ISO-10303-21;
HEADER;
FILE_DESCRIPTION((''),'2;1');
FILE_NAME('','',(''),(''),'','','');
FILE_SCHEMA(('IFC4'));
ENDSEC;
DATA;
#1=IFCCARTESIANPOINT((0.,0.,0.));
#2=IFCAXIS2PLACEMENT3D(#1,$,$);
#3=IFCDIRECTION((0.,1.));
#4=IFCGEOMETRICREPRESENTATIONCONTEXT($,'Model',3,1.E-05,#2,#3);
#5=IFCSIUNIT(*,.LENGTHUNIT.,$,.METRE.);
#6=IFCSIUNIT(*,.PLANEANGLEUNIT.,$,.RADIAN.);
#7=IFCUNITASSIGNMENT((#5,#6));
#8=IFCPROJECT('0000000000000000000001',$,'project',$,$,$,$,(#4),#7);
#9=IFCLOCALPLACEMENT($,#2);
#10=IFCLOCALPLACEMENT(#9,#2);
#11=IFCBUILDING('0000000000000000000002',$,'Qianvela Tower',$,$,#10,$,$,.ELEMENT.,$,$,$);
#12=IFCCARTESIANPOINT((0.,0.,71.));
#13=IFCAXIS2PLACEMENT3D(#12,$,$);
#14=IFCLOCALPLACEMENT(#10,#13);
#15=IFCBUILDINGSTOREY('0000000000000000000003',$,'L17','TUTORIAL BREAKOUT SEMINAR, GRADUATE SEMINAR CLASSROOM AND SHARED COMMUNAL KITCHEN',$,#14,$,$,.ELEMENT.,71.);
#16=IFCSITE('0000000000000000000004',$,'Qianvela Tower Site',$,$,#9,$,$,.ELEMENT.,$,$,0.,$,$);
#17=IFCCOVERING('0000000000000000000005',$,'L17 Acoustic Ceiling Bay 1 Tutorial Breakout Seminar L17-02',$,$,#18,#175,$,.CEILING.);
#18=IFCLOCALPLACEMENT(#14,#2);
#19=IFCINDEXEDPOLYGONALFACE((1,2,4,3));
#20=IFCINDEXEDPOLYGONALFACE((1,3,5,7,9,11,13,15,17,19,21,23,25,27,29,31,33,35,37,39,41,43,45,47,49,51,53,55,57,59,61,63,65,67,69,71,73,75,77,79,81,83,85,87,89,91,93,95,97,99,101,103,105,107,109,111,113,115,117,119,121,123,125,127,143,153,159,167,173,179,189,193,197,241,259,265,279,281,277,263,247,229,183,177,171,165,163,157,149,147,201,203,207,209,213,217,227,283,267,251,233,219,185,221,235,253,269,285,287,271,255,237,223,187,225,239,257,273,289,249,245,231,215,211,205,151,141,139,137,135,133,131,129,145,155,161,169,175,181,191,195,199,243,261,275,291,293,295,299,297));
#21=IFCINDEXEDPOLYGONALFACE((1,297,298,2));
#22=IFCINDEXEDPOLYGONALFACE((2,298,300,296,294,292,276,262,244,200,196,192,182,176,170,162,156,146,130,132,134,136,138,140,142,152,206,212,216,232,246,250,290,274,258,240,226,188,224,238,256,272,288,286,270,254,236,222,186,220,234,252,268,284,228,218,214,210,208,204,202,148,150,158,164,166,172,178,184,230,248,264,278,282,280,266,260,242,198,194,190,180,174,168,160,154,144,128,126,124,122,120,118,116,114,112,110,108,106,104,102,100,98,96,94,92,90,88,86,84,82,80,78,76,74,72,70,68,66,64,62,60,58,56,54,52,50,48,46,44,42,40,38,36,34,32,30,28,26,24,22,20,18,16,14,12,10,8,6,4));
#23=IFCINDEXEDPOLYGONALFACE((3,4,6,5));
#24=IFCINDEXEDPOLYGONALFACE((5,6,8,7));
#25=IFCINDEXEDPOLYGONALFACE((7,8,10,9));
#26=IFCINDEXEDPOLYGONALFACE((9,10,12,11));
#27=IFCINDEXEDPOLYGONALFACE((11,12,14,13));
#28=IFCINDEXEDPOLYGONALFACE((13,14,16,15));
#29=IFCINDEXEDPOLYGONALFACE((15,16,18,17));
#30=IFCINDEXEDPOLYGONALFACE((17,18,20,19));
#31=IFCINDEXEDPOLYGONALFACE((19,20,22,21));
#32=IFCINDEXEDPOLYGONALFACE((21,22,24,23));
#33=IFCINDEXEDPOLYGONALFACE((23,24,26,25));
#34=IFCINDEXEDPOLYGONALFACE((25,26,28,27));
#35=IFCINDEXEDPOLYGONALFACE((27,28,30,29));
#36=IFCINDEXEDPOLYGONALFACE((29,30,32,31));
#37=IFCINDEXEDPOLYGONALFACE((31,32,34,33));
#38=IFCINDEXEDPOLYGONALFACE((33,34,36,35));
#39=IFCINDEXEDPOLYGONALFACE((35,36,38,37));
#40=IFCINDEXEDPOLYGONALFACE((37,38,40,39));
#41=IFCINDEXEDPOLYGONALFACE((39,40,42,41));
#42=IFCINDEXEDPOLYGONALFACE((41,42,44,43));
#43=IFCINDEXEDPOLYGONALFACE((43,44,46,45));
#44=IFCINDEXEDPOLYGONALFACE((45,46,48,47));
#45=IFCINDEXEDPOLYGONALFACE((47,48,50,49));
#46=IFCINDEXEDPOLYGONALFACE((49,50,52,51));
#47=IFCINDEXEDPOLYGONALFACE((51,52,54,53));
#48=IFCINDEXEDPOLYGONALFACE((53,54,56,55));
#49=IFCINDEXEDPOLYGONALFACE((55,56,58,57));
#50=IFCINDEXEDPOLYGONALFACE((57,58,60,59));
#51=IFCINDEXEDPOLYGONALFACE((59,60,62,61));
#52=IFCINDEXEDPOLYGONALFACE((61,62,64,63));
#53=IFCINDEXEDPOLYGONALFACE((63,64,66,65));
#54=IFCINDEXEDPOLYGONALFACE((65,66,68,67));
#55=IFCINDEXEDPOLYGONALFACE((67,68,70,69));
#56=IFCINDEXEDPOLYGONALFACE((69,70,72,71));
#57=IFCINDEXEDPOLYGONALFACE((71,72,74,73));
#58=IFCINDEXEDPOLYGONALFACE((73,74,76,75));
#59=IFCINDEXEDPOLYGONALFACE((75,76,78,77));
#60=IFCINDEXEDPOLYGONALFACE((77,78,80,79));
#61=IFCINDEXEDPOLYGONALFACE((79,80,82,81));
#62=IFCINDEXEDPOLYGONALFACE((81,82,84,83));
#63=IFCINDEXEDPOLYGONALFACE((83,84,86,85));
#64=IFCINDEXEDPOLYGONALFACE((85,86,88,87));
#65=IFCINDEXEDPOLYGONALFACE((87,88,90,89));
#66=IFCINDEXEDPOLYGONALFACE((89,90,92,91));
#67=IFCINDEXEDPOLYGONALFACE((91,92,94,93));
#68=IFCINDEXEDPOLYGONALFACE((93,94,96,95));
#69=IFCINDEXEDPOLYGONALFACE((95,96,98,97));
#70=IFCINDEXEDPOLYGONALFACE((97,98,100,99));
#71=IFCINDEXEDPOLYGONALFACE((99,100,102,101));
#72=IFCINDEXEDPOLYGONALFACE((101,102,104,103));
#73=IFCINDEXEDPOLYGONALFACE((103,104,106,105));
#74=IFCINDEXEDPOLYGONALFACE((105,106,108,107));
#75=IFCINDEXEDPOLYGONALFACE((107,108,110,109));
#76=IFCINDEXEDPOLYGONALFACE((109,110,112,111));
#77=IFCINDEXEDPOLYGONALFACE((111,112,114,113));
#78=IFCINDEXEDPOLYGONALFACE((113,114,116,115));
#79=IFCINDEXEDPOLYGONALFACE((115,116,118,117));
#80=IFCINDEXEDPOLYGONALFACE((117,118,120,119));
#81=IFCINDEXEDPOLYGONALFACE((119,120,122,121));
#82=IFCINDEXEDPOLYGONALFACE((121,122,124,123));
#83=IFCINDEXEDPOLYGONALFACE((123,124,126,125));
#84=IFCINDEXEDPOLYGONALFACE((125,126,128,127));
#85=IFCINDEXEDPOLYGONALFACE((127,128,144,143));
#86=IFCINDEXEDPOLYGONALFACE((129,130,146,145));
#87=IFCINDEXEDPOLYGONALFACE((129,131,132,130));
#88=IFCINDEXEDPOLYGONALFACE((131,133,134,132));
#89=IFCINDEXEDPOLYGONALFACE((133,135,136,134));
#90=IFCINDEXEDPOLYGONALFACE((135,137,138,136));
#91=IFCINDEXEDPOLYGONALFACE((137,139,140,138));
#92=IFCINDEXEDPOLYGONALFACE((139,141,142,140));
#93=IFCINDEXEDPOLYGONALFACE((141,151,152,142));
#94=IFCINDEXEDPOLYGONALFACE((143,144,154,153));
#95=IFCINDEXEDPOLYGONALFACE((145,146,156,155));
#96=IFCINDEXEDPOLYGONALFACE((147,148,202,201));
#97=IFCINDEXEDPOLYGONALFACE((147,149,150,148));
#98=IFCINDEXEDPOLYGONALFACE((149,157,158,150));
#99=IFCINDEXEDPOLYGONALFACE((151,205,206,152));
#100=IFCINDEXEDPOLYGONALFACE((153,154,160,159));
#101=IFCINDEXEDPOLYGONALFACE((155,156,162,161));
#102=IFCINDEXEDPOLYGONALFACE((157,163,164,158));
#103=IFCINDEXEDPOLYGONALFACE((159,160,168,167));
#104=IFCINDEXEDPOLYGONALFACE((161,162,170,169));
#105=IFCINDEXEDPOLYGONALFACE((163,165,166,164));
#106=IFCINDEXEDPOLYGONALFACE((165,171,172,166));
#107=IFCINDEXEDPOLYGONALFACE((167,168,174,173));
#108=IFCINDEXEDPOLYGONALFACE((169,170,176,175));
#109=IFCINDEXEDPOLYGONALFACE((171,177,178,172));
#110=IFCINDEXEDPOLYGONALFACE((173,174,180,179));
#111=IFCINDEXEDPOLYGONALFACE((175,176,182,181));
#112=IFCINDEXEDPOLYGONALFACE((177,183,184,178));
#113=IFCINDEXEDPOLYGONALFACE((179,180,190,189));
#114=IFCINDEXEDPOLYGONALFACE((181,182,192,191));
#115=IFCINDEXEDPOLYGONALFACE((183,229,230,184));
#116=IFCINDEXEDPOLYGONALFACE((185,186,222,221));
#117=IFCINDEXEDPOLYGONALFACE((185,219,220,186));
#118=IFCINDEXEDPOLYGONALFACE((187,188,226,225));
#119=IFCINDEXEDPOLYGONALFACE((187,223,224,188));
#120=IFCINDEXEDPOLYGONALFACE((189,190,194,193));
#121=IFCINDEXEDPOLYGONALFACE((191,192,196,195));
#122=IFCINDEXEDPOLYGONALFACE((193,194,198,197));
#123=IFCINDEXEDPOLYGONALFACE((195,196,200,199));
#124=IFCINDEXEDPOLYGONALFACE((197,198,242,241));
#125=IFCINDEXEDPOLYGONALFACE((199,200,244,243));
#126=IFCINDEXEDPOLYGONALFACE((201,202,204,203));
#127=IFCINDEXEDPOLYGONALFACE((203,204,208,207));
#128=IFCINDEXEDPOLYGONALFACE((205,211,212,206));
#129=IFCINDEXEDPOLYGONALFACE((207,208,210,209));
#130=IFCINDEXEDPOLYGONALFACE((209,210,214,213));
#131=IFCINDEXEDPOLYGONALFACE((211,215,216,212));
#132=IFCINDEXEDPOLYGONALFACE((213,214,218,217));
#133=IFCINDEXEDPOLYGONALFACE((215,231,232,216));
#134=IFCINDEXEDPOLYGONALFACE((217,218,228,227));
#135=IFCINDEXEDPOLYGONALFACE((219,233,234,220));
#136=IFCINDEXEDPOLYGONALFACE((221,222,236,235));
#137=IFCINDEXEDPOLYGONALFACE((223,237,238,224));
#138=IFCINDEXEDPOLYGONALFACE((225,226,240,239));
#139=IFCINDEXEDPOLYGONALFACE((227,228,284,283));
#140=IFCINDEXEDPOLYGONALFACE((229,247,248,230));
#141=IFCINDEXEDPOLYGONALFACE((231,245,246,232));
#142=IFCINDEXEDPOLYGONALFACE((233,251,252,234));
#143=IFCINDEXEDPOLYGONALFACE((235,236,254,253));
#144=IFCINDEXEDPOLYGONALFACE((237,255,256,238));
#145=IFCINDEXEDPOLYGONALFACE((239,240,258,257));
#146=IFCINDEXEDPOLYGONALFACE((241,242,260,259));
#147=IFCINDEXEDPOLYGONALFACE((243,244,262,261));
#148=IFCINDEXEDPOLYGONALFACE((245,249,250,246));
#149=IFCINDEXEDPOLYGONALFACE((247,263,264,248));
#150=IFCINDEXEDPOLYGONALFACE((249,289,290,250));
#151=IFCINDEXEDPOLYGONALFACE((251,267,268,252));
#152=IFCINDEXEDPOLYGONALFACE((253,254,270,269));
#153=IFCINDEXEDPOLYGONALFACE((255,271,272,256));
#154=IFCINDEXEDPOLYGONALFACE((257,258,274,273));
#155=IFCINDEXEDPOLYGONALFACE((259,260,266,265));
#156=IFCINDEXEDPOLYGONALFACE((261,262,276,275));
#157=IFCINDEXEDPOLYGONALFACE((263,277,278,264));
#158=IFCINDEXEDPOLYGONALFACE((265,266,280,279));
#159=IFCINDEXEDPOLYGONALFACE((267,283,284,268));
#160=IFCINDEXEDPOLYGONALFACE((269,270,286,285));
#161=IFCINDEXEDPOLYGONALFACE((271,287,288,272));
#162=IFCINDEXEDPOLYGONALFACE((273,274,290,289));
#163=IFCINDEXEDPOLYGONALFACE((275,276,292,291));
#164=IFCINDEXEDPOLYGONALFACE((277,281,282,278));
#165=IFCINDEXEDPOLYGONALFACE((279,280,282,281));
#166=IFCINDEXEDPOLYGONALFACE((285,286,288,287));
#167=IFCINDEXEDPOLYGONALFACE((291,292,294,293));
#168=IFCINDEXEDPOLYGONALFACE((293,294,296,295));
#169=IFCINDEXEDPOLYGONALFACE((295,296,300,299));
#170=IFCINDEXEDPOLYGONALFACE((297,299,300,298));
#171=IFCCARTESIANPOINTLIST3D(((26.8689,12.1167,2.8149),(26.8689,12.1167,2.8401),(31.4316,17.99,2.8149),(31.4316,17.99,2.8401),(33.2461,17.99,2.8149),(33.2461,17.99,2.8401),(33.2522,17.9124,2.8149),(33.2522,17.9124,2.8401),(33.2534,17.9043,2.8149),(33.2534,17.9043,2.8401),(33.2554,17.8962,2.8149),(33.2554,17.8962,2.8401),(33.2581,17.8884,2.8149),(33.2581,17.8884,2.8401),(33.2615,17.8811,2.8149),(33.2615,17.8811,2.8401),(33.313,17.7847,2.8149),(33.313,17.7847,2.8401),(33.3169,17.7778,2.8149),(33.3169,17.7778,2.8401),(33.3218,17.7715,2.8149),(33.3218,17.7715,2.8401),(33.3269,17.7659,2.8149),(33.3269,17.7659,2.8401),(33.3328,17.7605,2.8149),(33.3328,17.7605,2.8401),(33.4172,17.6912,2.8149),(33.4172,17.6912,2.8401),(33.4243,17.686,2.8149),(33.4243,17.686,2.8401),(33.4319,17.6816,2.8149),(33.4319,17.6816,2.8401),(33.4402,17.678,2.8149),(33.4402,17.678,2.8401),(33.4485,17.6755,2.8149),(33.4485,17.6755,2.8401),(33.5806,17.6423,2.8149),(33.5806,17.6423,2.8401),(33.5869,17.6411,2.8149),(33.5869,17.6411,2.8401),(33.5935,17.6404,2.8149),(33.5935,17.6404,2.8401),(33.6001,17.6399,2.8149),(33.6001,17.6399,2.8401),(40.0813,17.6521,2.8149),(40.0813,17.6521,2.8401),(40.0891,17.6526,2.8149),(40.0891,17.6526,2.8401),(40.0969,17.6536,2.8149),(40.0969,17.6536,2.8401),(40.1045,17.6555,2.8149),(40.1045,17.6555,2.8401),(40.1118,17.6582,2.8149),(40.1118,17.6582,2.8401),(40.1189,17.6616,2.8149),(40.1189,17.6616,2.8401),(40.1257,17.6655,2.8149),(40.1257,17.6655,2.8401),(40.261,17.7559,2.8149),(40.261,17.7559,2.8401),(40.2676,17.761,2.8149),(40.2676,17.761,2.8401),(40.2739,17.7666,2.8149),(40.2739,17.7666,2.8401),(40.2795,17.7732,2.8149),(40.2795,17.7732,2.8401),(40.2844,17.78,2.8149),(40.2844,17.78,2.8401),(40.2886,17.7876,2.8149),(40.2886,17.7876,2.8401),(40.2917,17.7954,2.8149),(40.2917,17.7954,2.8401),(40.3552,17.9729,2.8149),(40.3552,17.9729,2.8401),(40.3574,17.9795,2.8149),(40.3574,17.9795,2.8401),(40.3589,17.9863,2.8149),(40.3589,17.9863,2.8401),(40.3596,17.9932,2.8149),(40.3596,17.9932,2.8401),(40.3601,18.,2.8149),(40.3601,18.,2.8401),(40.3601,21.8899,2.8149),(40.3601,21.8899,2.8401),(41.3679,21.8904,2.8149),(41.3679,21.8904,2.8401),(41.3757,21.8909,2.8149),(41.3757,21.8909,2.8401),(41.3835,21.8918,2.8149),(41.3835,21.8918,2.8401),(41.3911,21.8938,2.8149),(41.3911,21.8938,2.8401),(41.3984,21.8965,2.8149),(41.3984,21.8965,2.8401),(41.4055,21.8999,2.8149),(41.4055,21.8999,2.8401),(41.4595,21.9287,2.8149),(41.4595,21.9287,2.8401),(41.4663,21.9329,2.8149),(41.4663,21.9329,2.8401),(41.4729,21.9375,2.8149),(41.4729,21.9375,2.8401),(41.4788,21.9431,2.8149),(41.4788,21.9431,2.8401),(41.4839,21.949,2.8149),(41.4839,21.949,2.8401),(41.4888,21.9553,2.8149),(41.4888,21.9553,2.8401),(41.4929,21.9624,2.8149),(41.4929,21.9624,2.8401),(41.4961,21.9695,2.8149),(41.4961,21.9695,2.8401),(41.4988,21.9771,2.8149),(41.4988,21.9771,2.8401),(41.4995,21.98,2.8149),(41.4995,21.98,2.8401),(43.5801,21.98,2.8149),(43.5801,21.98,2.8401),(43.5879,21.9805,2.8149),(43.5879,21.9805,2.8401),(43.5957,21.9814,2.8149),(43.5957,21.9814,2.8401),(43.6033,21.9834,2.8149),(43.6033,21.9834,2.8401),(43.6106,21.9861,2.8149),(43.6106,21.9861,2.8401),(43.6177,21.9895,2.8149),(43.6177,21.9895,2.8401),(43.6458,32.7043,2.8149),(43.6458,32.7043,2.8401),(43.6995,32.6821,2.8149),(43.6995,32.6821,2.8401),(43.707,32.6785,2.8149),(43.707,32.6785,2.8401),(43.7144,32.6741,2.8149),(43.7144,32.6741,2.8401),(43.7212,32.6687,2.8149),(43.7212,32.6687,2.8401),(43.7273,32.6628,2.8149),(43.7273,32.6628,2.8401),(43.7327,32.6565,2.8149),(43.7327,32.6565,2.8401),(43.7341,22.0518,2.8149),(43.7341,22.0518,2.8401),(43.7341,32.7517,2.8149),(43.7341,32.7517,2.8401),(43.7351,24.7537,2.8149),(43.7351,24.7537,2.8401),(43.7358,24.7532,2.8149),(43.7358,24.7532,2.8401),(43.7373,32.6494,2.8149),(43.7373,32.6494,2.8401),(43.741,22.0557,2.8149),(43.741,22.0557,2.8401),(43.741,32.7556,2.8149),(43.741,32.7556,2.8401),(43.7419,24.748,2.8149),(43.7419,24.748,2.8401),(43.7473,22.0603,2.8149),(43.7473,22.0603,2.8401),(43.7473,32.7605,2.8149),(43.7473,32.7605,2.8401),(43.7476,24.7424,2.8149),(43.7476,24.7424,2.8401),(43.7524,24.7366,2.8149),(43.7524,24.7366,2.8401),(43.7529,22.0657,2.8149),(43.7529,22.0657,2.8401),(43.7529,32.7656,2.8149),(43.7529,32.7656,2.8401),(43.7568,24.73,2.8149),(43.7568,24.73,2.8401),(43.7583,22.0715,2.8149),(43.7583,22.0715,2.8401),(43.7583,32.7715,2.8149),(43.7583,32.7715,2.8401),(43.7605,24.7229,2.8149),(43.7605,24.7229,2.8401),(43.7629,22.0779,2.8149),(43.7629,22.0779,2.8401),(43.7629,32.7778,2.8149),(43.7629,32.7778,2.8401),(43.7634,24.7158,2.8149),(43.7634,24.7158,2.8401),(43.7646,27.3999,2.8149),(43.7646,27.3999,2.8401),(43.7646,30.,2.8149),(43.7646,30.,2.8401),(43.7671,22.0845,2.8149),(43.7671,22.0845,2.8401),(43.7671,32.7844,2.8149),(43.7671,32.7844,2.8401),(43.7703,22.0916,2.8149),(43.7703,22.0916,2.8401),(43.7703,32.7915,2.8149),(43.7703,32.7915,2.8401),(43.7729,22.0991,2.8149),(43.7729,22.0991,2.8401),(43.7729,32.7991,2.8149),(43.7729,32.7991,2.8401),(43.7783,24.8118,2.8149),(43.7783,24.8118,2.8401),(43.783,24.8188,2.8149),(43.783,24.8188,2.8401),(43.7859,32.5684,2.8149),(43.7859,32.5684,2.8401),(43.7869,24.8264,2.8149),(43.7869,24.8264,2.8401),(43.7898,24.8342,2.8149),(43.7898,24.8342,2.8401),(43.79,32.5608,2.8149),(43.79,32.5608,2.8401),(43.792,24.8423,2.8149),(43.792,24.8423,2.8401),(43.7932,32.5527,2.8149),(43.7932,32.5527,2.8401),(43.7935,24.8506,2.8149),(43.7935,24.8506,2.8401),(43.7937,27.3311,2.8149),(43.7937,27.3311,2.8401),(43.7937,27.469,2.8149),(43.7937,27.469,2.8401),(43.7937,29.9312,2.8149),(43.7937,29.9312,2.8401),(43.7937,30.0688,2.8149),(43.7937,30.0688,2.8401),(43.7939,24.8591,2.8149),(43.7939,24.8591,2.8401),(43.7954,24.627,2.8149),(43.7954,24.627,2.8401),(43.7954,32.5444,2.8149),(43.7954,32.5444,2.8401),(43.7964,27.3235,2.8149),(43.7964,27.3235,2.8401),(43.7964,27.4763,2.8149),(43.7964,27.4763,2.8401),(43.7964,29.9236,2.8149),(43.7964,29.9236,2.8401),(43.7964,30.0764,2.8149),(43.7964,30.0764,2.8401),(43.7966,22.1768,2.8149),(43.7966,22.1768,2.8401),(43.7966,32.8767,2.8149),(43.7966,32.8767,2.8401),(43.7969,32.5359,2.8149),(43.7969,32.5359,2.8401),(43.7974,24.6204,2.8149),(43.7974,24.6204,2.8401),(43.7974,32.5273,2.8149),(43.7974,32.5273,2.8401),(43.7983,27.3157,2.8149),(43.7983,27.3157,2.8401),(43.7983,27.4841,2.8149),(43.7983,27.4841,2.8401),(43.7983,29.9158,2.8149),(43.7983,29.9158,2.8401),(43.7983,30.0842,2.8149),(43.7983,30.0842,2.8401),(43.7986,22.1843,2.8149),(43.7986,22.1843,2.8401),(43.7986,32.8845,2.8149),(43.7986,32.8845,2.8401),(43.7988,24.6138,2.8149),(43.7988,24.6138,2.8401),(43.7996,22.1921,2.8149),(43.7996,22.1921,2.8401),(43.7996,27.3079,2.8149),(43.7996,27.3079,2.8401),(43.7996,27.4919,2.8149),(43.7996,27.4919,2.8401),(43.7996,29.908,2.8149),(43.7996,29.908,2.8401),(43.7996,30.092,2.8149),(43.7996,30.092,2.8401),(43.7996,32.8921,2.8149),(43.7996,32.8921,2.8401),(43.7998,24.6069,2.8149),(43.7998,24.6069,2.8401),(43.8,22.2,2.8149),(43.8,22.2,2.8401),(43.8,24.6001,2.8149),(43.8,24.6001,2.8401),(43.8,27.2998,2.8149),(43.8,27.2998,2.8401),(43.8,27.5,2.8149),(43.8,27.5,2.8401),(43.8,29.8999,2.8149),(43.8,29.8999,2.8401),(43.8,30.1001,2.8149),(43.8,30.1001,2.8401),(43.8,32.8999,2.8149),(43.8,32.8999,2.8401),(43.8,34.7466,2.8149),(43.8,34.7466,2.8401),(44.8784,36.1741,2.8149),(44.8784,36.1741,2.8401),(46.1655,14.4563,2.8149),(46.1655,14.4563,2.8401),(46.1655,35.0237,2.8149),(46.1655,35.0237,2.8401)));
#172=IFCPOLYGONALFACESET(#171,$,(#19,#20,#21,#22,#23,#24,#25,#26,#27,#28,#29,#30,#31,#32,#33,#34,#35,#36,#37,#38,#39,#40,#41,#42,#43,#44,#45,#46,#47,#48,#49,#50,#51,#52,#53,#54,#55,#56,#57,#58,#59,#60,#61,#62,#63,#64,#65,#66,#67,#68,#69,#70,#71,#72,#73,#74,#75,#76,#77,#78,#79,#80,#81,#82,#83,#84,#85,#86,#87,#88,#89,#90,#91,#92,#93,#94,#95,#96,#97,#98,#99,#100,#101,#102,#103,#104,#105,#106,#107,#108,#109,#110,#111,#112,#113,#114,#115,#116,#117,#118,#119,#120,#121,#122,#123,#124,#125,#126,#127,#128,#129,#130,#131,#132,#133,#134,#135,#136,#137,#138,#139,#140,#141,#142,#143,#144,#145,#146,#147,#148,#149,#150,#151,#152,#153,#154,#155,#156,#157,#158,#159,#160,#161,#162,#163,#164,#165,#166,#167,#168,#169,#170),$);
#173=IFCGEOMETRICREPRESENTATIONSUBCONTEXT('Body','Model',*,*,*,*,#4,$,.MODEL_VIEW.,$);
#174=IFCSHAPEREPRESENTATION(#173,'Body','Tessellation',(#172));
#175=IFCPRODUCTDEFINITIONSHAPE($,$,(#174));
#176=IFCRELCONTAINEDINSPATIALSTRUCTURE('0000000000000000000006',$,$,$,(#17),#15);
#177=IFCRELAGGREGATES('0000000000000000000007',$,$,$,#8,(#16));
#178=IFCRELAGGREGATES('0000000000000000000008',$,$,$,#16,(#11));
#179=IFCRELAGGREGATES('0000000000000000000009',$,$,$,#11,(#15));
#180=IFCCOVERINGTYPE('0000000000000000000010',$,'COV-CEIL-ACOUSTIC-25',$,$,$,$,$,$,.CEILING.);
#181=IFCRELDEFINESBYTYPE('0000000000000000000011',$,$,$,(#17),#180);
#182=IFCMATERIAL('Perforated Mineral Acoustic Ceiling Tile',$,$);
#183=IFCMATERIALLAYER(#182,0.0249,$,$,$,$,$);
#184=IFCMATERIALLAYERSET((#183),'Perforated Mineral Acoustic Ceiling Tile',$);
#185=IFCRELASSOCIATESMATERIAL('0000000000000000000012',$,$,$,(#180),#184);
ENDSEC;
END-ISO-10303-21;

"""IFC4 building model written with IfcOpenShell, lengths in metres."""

from ifc_helpers import new_model, si_unit, direction, frame, origin, place, context, subcontext, project, spatial, polyline, outline, extrude, material, layer, layer_set, type_object, element, save


model = new_model("IFC4")

# Units and contexts
model_context = context("Model", 3, precision=1e-05, world=origin(), true_north=direction((0.0, 1.0)))
body_context = subcontext(model_context, "Body", "Model", "MODEL_VIEW")
ifc_project = project(units=[si_unit("LENGTHUNIT", "METRE"), si_unit("PLANEANGLEUNIT", "RADIAN")], contexts=[model_context])

# Site, building, storey
site_placement = place(None, origin())
site = spatial("IfcSite", under=ifc_project, at=site_placement, Name="Qianvela Tower Site", CompositionType="ELEMENT", RefElevation=0.0)
building_placement = place(site_placement, origin())
building = spatial("IfcBuilding", under=site, at=building_placement, Name="Qianvela Tower", CompositionType="ELEMENT")
storey_placement = place(building_placement, frame((0.0, 0.0, 71.0)))
storey = spatial("IfcBuildingStorey", under=building, at=storey_placement, Name="L17", Description="TUTORIAL BREAKOUT SEMINAR, GRADUATE SEMINAR CLASSROOM AND SHARED COMMUNAL KITCHEN", CompositionType="ELEMENT", Elevation=71.0)

# Covering
ifc_material_1 = material(Name="Perforated Mineral Acoustic Ceiling Tile")
ifc_layer_1 = layer(ifc_material_1, 0.0249)
ifc_layer_set_1 = layer_set([ifc_layer_1], Name="Perforated Mineral Acoustic Ceiling Tile")
covering_type_1 = type_object("IfcCoveringType", Name="COV-CEIL-ACOUSTIC-25", PredefinedType="CEILING", material=ifc_layer_set_1)
covering_1_placement = place(storey_placement, frame((0.0, 0.0, 2.8149)))
element("IfcCovering", 1, at=covering_1_placement, inside=storey, type_object=covering_type_1, Name="L17 Acoustic Ceiling Bay 1 Tutorial Breakout Seminar L17-02", PredefinedType="CEILING", context=body_context, shape_type="SweptSolid", body=[
    extrude(outline(polyline([(33.2522, 17.9124), (33.2534, 17.9043), (33.2554, 17.8962), (33.2581, 17.8884), (33.2615, 17.8811), (33.313, 17.7847), (33.3169, 17.7778), (33.3218, 17.7715), (33.3269, 17.7659), (33.3328, 17.7605), (33.4172, 17.6912), (33.4243, 17.686), (33.4319, 17.6816), (33.4402, 17.678), (33.4485, 17.6755), (33.5806, 17.6423), (33.5869, 17.6411), (33.5935, 17.6404), (33.6001, 17.6399), (40.0813, 17.6521), (40.0891, 17.6526), (40.0969, 17.6536), (40.1045, 17.6555), (40.1118, 17.6582), (40.1189, 17.6616), (40.1257, 17.6655), (40.261, 17.7559), (40.2676, 17.761), (40.2739, 17.7666), (40.2795, 17.7732), (40.2844, 17.78), (40.2886, 17.7876), (40.2917, 17.7954), (40.3552, 17.9729), (40.3574, 17.9795), (40.3589, 17.9863), (40.3596, 17.9932), (40.3601, 18.0), (40.3601, 21.8899), (41.3679, 21.8904), (41.3757, 21.8909), (41.3835, 21.8918), (41.3911, 21.8938), (41.3984, 21.8965), (41.4055, 21.8999), (41.4595, 21.9287), (41.4663, 21.9329), (41.4729, 21.9375), (41.4788, 21.9431), (41.4839, 21.949), (41.4888, 21.9553), (41.4929, 21.9624), (41.4961, 21.9695), (41.4988, 21.9771), (41.4995, 21.98), (43.5801, 21.98), (43.5879, 21.9805), (43.5957, 21.9814), (43.6033, 21.9834), (43.6106, 21.9861), (43.6177, 21.9895), (43.7341, 22.0518), (43.741, 22.0557), (43.7473, 22.0603), (43.7529, 22.0657), (43.7583, 22.0715), (43.7629, 22.0779), (43.7671, 22.0845), (43.7703, 22.0916), (43.7729, 22.0991), (43.7966, 22.1768), (43.7986, 22.1843), (43.7996, 22.1921), (43.8, 22.2), (43.8, 24.6001), (43.7998, 24.6069), (43.7988, 24.6138), (43.7974, 24.6204), (43.7954, 24.627), (43.7634, 24.7158), (43.7605, 24.7229), (43.7568, 24.73), (43.7524, 24.7366), (43.7476, 24.7424), (43.7419, 24.748), (43.7358, 24.7532), (43.7351, 24.7537), (43.7783, 24.8118), (43.783, 24.8188), (43.7869, 24.8264), (43.7898, 24.8342), (43.792, 24.8423), (43.7935, 24.8506), (43.7939, 24.8591), (43.8, 27.2998), (43.7996, 27.3079), (43.7983, 27.3157), (43.7964, 27.3235), (43.7937, 27.3311), (43.7646, 27.3999), (43.7937, 27.469), (43.7964, 27.4763), (43.7983, 27.4841), (43.7996, 27.4919), (43.8, 27.5), (43.8, 29.8999), (43.7996, 29.908), (43.7983, 29.9158), (43.7964, 29.9236), (43.7937, 29.9312), (43.7646, 30.0), (43.7937, 30.0688), (43.7964, 30.0764), (43.7983, 30.0842), (43.7996, 30.092), (43.8, 30.1001), (43.7974, 32.5273), (43.7969, 32.5359), (43.7954, 32.5444), (43.7932, 32.5527), (43.79, 32.5608), (43.7859, 32.5684), (43.7373, 32.6494), (43.7327, 32.6565), (43.7273, 32.6628), (43.7212, 32.6687), (43.7144, 32.6741), (43.707, 32.6785), (43.6995, 32.6821), (43.6458, 32.7043), (43.7341, 32.7517), (43.741, 32.7556), (43.7473, 32.7605), (43.7529, 32.7656), (43.7583, 32.7715), (43.7629, 32.7778), (43.7671, 32.7844), (43.7703, 32.7915), (43.7729, 32.7991), (43.7966, 32.8767), (43.7986, 32.8845), (43.7996, 32.8921), (43.8, 32.8999), (43.8, 34.7466), (44.8784, 36.1741), (46.1655, 35.0237), (46.1655, 14.4563), (26.8689, 12.1167), (31.4316, 17.99), (33.2461, 17.99), (33.2522, 17.9124)])), origin(), (0.0, 0.0, 1.0), 0.0251),
])

save(model, "model.ifc")
